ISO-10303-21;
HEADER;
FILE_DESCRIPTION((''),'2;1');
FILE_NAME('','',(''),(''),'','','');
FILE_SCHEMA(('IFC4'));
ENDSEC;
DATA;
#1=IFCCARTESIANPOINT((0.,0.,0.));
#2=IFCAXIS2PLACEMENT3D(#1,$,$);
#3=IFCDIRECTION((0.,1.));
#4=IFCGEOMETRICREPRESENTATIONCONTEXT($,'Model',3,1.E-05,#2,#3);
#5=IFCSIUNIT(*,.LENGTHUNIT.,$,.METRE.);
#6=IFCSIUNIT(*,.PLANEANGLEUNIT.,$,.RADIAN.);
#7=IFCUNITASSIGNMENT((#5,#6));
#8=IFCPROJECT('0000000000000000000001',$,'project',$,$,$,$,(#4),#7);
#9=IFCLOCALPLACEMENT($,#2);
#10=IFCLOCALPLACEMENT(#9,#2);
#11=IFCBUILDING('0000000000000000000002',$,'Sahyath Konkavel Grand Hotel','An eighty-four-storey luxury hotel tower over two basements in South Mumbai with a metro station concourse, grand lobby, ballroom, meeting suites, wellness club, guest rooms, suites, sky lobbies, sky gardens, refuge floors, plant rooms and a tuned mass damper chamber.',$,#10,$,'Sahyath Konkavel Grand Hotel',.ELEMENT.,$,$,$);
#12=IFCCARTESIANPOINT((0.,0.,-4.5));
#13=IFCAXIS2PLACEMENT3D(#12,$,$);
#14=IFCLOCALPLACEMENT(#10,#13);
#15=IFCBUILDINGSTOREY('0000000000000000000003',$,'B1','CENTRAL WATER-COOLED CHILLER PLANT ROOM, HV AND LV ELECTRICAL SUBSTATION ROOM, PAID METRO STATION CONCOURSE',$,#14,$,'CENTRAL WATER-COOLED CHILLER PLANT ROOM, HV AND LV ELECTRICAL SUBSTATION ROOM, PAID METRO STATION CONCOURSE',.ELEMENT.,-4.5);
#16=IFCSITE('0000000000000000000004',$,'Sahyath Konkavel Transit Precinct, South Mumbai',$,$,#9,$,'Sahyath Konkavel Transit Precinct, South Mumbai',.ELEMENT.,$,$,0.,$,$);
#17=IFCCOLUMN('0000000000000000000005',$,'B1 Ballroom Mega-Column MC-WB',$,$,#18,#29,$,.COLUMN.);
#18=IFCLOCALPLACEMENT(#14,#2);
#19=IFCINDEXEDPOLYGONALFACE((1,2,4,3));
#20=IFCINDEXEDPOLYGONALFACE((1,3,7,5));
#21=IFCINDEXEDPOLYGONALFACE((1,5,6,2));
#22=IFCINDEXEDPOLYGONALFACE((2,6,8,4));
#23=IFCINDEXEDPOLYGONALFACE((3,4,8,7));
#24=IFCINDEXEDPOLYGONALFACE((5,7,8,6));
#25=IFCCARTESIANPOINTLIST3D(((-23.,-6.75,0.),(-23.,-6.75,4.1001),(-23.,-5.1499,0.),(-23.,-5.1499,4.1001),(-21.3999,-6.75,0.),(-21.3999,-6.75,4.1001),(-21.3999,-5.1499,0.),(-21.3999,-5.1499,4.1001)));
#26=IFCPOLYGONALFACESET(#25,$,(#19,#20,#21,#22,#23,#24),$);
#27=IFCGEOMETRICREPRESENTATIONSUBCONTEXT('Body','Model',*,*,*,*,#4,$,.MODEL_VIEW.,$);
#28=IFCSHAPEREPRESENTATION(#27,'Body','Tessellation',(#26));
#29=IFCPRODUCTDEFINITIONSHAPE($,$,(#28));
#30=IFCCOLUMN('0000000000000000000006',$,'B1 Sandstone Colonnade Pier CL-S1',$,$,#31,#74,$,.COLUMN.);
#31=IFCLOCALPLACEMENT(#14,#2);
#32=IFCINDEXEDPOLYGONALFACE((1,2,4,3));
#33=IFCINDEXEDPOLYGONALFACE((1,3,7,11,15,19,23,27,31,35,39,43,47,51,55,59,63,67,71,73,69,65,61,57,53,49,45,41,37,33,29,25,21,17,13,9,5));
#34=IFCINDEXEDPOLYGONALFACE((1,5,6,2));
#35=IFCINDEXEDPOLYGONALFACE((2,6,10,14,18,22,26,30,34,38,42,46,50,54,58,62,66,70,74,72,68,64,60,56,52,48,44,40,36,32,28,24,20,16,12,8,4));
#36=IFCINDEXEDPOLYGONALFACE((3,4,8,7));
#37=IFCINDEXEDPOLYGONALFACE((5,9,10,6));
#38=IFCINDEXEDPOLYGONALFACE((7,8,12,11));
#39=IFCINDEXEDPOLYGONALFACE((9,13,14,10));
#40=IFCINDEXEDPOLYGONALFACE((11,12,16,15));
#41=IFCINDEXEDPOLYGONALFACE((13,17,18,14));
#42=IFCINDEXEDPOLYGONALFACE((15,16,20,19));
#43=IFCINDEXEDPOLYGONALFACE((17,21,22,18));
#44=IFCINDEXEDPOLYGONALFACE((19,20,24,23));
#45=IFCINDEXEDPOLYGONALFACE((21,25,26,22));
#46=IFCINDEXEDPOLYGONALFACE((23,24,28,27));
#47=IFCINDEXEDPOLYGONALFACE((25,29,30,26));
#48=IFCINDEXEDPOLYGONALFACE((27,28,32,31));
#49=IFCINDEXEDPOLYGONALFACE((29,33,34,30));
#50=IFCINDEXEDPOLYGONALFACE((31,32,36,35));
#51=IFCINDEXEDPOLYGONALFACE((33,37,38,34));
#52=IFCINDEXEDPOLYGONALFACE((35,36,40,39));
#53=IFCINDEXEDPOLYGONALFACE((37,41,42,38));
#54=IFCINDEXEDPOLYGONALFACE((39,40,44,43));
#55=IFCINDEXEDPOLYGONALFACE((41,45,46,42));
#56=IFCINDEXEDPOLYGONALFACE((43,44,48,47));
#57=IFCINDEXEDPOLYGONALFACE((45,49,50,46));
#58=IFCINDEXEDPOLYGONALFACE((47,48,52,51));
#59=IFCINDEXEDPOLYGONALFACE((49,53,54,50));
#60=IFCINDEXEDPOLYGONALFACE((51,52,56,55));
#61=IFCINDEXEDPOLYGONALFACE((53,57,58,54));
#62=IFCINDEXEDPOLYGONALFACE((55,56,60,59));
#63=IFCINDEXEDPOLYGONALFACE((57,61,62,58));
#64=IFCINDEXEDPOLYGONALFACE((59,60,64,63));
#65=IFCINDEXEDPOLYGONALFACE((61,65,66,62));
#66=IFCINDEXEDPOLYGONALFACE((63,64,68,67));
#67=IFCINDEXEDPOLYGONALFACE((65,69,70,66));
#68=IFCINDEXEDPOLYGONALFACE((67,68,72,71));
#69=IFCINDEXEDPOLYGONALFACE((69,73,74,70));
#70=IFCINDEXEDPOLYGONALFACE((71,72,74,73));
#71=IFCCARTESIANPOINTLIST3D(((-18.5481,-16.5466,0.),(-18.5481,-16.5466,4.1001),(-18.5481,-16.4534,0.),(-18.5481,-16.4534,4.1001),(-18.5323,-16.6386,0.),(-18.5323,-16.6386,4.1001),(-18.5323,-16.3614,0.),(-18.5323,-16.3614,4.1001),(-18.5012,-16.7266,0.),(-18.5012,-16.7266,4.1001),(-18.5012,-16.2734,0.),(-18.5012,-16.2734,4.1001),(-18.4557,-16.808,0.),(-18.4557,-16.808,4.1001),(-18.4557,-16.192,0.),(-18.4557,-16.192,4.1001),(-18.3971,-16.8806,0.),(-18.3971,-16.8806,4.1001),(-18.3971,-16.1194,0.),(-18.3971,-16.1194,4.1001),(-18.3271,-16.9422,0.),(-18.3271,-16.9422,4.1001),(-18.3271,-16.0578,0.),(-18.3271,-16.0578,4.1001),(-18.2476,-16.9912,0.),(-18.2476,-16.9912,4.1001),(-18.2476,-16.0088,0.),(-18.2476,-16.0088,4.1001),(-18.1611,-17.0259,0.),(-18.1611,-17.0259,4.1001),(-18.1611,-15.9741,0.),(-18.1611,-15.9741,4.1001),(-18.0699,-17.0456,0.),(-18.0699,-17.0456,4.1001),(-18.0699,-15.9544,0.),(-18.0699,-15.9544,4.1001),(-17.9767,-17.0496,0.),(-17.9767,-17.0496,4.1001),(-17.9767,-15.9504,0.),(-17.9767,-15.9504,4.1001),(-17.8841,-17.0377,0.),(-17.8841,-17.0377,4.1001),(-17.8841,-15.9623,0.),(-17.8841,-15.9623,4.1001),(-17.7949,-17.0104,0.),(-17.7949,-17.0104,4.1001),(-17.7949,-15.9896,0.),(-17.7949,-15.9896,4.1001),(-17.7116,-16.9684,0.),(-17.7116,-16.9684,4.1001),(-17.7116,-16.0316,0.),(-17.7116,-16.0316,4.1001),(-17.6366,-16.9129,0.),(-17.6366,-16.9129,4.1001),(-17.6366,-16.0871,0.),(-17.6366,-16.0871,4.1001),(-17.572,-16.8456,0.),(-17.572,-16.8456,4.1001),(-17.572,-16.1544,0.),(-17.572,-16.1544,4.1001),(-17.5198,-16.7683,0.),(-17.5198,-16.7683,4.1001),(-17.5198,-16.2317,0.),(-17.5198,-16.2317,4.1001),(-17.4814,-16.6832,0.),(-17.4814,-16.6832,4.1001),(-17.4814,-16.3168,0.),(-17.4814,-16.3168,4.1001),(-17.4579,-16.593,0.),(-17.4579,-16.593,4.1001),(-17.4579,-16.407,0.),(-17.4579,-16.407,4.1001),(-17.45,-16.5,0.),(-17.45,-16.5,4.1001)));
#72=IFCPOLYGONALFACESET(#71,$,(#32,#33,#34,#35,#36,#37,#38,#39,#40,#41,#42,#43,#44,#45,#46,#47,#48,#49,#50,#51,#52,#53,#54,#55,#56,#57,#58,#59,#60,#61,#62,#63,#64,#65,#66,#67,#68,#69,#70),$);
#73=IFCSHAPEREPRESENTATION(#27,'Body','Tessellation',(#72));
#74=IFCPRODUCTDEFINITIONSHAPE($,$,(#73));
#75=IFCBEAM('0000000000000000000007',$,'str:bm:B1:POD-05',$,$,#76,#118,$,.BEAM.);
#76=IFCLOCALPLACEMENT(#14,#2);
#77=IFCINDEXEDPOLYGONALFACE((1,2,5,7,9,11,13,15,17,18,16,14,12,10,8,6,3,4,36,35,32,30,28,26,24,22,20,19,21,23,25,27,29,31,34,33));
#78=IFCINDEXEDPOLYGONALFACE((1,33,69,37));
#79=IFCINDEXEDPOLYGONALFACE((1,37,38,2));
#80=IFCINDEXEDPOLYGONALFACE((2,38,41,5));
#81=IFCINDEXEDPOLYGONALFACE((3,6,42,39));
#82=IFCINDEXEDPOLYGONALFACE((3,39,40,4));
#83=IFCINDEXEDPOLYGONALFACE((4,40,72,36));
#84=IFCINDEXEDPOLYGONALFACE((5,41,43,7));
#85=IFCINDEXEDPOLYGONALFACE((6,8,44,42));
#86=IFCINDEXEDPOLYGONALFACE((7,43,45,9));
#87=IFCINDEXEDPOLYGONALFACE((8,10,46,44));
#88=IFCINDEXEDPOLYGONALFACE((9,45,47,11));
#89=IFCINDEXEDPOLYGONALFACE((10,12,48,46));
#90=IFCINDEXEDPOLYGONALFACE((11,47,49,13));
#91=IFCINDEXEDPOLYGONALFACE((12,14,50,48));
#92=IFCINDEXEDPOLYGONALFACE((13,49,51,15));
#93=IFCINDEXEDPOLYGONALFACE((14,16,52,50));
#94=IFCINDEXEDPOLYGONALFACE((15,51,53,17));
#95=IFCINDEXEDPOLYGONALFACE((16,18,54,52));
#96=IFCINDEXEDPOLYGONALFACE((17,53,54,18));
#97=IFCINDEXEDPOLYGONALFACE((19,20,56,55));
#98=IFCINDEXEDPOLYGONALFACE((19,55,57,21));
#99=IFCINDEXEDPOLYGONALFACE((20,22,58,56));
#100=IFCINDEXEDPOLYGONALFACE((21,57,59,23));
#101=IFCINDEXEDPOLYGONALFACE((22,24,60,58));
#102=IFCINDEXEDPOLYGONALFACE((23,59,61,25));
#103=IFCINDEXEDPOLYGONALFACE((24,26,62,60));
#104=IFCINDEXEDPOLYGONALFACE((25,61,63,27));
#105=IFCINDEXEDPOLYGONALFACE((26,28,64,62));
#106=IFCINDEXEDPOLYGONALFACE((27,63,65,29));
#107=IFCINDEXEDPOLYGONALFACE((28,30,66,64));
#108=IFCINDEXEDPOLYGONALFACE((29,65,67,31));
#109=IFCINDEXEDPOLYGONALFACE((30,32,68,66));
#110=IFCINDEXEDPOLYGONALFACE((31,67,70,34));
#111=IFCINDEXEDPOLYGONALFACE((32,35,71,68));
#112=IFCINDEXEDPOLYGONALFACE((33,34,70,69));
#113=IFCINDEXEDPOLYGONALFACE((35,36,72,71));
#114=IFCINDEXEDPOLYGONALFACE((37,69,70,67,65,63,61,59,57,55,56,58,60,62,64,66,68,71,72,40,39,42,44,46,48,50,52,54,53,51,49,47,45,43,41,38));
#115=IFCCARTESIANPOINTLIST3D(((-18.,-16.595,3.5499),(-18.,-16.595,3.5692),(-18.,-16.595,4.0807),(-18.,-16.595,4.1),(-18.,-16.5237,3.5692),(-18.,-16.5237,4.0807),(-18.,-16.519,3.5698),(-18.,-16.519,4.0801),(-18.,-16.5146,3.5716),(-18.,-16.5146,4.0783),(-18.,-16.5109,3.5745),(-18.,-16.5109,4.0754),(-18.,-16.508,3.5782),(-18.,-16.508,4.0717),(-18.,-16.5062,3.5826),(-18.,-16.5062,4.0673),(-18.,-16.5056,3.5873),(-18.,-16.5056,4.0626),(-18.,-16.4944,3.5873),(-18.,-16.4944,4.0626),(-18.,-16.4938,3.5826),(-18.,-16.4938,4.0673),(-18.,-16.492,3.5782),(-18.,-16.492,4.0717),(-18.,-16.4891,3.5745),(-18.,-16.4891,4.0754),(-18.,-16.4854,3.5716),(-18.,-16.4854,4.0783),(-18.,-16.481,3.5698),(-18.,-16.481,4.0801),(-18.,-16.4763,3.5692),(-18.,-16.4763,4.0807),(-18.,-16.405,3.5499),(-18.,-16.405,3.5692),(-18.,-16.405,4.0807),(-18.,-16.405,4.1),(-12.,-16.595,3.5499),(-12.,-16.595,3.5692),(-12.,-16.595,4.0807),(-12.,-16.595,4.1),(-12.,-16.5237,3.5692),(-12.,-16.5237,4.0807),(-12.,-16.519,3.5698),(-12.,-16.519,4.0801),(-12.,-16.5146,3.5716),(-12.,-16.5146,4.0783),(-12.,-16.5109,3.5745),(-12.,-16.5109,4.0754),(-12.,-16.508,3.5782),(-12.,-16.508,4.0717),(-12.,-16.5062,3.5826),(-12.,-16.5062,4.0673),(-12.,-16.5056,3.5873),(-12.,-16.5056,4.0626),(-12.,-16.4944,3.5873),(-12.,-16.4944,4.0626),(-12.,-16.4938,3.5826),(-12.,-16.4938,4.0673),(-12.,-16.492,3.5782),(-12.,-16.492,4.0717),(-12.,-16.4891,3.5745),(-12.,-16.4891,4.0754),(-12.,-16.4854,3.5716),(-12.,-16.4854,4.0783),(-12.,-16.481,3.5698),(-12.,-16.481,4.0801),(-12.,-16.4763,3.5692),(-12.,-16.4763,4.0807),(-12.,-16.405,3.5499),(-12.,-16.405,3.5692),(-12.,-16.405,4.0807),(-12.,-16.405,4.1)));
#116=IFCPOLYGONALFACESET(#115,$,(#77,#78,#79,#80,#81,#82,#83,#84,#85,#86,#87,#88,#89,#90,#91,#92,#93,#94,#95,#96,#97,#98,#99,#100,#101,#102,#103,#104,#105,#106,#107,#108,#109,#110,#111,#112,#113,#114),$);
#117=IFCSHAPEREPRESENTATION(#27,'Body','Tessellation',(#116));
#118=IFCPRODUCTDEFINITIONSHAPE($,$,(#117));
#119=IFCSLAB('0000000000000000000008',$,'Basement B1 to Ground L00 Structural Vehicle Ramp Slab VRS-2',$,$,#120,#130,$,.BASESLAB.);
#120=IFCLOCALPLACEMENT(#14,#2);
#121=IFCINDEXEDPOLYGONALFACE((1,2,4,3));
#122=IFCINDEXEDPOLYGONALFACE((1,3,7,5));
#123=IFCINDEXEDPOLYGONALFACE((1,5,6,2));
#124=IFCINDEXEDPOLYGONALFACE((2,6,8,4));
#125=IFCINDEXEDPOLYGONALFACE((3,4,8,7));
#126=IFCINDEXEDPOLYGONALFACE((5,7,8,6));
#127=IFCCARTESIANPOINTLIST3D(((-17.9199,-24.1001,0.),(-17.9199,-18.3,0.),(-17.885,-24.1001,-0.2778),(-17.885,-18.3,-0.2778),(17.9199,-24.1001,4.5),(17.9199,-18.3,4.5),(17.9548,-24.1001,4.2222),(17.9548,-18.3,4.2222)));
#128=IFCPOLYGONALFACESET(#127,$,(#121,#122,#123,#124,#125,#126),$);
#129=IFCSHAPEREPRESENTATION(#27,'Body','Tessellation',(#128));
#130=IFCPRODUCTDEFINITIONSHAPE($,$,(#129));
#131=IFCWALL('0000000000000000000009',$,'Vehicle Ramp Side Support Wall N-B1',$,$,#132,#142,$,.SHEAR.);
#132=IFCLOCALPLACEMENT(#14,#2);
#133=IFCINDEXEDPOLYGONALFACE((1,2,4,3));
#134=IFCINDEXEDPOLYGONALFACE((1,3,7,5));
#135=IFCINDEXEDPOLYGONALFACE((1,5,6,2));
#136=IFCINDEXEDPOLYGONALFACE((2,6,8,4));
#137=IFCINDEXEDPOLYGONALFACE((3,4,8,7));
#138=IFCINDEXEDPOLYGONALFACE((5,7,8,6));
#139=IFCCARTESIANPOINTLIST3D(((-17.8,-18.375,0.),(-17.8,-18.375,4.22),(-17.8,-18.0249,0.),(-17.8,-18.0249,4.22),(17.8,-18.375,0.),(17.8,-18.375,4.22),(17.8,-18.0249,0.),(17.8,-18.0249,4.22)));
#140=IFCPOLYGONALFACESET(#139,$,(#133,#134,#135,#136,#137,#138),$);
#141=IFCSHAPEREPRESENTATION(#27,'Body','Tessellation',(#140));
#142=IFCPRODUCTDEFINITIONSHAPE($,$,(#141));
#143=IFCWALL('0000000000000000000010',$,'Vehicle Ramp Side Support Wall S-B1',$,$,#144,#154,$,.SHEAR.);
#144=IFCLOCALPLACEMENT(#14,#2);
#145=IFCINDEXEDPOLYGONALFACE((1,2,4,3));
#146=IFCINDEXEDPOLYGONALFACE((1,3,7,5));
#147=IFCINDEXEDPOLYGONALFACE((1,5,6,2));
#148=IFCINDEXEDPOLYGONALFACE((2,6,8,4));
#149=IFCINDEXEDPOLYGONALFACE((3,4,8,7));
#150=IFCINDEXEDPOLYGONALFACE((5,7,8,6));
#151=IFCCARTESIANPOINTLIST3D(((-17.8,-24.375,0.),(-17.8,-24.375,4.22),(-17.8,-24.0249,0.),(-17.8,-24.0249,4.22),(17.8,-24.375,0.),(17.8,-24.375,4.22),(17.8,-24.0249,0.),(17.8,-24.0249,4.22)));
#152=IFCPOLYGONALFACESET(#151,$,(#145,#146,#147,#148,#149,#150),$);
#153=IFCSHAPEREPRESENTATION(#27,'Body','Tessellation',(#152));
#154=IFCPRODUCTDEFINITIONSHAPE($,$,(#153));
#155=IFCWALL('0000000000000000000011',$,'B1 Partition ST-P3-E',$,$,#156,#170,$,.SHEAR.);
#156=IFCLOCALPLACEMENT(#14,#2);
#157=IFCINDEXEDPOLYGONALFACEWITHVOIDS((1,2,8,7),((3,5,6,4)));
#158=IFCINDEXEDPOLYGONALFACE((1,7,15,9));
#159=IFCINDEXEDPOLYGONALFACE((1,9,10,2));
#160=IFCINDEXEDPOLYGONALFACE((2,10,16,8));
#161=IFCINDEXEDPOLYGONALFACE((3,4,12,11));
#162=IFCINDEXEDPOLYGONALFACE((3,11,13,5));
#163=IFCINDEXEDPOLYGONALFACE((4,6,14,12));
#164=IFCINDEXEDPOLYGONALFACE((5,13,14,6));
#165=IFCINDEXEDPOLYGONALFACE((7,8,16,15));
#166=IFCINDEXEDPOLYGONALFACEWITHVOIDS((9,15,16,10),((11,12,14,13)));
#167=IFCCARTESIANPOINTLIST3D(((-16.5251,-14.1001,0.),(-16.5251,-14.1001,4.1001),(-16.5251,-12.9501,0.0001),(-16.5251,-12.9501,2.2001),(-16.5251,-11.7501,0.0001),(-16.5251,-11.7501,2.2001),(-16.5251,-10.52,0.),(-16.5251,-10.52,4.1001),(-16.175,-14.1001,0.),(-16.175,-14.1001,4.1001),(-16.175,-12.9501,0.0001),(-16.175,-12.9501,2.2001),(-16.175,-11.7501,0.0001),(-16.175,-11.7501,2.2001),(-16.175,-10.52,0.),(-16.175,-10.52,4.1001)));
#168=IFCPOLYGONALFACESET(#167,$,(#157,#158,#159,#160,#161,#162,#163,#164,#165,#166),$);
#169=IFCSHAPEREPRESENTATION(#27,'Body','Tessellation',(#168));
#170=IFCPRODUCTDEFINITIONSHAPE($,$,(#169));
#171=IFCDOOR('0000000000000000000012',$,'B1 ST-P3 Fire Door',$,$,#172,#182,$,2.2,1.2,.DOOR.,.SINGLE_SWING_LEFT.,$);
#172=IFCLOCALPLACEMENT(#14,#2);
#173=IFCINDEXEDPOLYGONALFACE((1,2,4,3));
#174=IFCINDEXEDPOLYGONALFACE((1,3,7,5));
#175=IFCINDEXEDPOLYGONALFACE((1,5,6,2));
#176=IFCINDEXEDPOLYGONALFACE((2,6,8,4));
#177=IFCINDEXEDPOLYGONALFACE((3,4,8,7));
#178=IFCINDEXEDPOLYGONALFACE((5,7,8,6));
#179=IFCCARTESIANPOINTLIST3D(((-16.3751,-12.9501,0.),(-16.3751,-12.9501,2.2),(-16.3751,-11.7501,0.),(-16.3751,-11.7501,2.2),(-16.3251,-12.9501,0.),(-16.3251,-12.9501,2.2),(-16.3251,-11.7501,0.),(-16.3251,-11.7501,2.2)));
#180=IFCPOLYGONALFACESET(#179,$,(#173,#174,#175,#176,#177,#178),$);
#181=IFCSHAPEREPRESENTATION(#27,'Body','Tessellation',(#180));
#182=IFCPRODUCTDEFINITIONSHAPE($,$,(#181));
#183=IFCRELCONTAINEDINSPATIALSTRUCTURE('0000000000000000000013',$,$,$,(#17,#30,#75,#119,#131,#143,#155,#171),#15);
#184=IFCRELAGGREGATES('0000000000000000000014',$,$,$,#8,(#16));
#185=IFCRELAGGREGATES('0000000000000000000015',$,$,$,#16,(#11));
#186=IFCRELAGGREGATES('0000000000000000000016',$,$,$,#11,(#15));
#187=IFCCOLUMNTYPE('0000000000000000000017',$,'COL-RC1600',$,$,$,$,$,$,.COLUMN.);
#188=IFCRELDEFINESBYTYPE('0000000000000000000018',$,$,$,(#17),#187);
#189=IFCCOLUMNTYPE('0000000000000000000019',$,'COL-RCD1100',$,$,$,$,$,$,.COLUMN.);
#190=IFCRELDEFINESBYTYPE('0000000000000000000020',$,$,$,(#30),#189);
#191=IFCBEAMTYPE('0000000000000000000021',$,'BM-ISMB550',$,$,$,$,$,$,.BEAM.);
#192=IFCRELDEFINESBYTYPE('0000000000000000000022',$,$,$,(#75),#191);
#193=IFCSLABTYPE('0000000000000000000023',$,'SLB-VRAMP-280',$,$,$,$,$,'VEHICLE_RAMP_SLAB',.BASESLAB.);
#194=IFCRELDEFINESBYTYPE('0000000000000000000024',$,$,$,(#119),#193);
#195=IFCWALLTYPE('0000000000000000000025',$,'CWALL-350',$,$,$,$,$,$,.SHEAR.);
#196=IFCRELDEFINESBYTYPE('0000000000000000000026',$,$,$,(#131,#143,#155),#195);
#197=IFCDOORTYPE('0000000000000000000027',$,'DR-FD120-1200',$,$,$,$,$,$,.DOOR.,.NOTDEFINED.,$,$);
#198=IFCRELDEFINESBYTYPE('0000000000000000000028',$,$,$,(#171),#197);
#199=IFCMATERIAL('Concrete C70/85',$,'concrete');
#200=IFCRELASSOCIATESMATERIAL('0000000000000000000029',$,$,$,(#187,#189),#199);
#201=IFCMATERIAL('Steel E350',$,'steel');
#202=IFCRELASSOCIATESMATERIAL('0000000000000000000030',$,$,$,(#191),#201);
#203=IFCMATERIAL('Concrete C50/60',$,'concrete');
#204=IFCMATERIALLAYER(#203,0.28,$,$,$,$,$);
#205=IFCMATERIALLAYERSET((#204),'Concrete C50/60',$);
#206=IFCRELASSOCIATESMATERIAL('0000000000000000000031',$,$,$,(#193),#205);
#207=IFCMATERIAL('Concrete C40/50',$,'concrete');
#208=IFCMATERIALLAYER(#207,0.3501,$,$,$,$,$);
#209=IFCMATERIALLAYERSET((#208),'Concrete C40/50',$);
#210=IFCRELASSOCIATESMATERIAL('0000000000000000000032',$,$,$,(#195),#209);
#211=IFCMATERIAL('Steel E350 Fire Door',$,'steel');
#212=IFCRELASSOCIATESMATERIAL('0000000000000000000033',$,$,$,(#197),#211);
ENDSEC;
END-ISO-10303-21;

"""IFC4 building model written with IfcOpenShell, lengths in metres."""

from ifc_helpers import new_model, si_unit, direction, frame, frame_2d, origin, origin_2d, place, context, subcontext, project, spatial, polyline, rectangle, circle, i_section, outline, extrude, source, transform, mapped, material, layer, layer_set, material_profile, profile_set, type_object, element, fill, save


model = new_model("IFC4")

# Units and contexts
model_context = context("Model", 3, precision=1e-05, world=origin(), true_north=direction((0.0, 1.0)))
body_context = subcontext(model_context, "Body", "Model", "MODEL_VIEW")
ifc_project = project(units=[si_unit("LENGTHUNIT", "METRE"), si_unit("PLANEANGLEUNIT", "RADIAN")], contexts=[model_context])

# Site, building, storey
site_placement = place(None, origin())
site = spatial("IfcSite", under=ifc_project, at=site_placement, Name="Sahyath Konkavel Transit Precinct, South Mumbai", LongName="Sahyath Konkavel Transit Precinct, South Mumbai", CompositionType="ELEMENT", RefElevation=0.0)
building_placement = place(site_placement, origin())
building = spatial("IfcBuilding", under=site, at=building_placement, Name="Sahyath Konkavel Grand Hotel", Description="An eighty-four-storey luxury hotel tower over two basements in South Mumbai with a metro station concourse, grand lobby, ballroom, meeting suites, wellness club, guest rooms, suites, sky lobbies, sky gardens, refuge floors, plant rooms and a tuned mass damper chamber.", LongName="Sahyath Konkavel Grand Hotel", CompositionType="ELEMENT")
storey_placement = place(building_placement, frame((0.0, 0.0, -4.5)))
storey = spatial("IfcBuildingStorey", under=building, at=storey_placement, Name="B1", Description="CENTRAL WATER-COOLED CHILLER PLANT ROOM, HV AND LV ELECTRICAL SUBSTATION ROOM, PAID METRO STATION CONCOURSE", LongName="CENTRAL WATER-COOLED CHILLER PLANT ROOM, HV AND LV ELECTRICAL SUBSTATION ROOM, PAID METRO STATION CONCOURSE", CompositionType="ELEMENT", Elevation=-4.5)

# Columns
ifc_material_1 = material(Name="Concrete C70/85", Category="concrete")
ifc_material_profile_1 = material_profile(ifc_material_1, rectangle(XDim=1.6001, YDim=1.6001, at=origin_2d()), Name="RC 1600x1600")
ifc_profile_set_1 = profile_set([ifc_material_profile_1], Name="Concrete C70/85")
column_type_1 = type_object("IfcColumnType", Name="COL-RC1600", PredefinedType="COLUMN", material=ifc_profile_set_1)
shared_shape_1 = source(origin(), body_context, "Body", "SweptSolid", [
    extrude(rectangle(XDim=1.6001, YDim=1.6001, at=origin_2d()), origin(), (0.0, 0.0, 1.0), 4.1001),
])
column_1_placement = place(storey_placement, frame((-22.2, -5.95, 0.0), z_axis=(0.0, 0.0, 1.0), x_axis=(1.0, 0.0, 0.0)))
element("IfcColumn", 1, at=column_1_placement, inside=storey, type_object=column_type_1, Name="B1 Ballroom Mega-Column MC-WB", PredefinedType="COLUMN", context=body_context, shape_type="MappedRepresentation", body=[
    mapped(shared_shape_1, transform((0.0, 0.0, 0.0), scale=1.0)),
])
ifc_material_profile_2 = material_profile(ifc_material_1, circle(Radius=0.55, at=origin_2d()), Name="RC D1100")
ifc_profile_set_2 = profile_set([ifc_material_profile_2], Name="Concrete C70/85")
column_type_2 = type_object("IfcColumnType", Name="COL-RCD1100", PredefinedType="COLUMN", material=ifc_profile_set_2)
shared_shape_2 = source(origin(), body_context, "Body", "SweptSolid", [
    extrude(circle(Radius=0.55, at=origin_2d()), origin(), (0.0, 0.0, 1.0), 4.1001),
])
column_2_placement = place(storey_placement, frame((-18.0, -16.5, 0.0), z_axis=(0.0, 0.0, 1.0), x_axis=(1.0, 0.0, 0.0)))
element("IfcColumn", 2, at=column_2_placement, inside=storey, type_object=column_type_2, Name="B1 Sandstone Colonnade Pier CL-S1", PredefinedType="COLUMN", context=body_context, shape_type="MappedRepresentation", body=[
    mapped(shared_shape_2, transform((0.0, 0.0, 0.0), scale=1.0)),
])

# Beam
ifc_material_2 = material(Name="Steel E350", Category="steel")
ifc_material_profile_3 = material_profile(ifc_material_2, i_section(OverallWidth=0.1899, OverallDepth=0.55, WebThickness=0.0112, FlangeThickness=0.0193, FilletRadius=0.0181, at=origin_2d()), Name="ISMB 550")
ifc_profile_set_3 = profile_set([ifc_material_profile_3], Name="Steel E350")
beam_type = type_object("IfcBeamType", Name="BM-ISMB550", PredefinedType="BEAM", material=ifc_profile_set_3)
shared_shape_3 = source(origin(), body_context, "Body", "SweptSolid", [
    extrude(i_section(OverallWidth=0.1899, OverallDepth=0.55, WebThickness=0.0112, FlangeThickness=0.0193, FilletRadius=0.0181, at=origin_2d()), origin(), (0.0, 0.0, 1.0), 6.0),
])
beam_placement = place(storey_placement, frame((-18.0, -16.5, 3.825), z_axis=(1.0, 0.0, 0.0), x_axis=(0.0, 1.0, 0.0)))
element("IfcBeam", 3, at=beam_placement, inside=storey, type_object=beam_type, Name="str:bm:B1:POD-05", PredefinedType="BEAM", context=body_context, shape_type="MappedRepresentation", body=[
    mapped(shared_shape_3, transform((0.0, 0.0, 0.0), scale=1.0)),
])

# Slab
ifc_material_3 = material(Name="Concrete C50/60", Category="concrete")
ifc_layer_1 = layer(ifc_material_3, 0.28)
ifc_layer_set_1 = layer_set([ifc_layer_1], Name="Concrete C50/60")
slab_type = type_object("IfcSlabType", Name="SLB-VRAMP-280", ElementType="VEHICLE_RAMP_SLAB", PredefinedType="BASESLAB", material=ifc_layer_set_1)
slab_placement = place(storey_placement, frame((-17.9199, -24.1001, 0.0), z_axis=(-0.12458, 0.0, 0.99221), x_axis=(0.99221, 0.0, 0.12458)))
element("IfcSlab", 4, at=slab_placement, inside=storey, type_object=slab_type, Name="Basement B1 to Ground L00 Structural Vehicle Ramp Slab VRS-2", PredefinedType="BASESLAB", context=body_context, shape_type="SweptSolid", body=[
    extrude(outline(polyline([(0.0, 0.0), (36.1212, 0.0), (36.1212, 5.8), (0.0, 5.8), (0.0, 0.0)])), origin(), (0.0, 0.0, -1.0), 0.28),
])

# Walls
ifc_material_4 = material(Name="Concrete C40/50", Category="concrete")
ifc_layer_2 = layer(ifc_material_4, 0.3501)
ifc_layer_set_2 = layer_set([ifc_layer_2], Name="Concrete C40/50")
wall_type_1 = type_object("IfcWallType", Name="CWALL-350", PredefinedType="SHEAR", material=ifc_layer_set_2)
for number, where, z_axis, x_axis, name in (
    (5, (-17.8, -18.2, 0.0), (0.0, 0.0, 1.0), (1.0, 0.0, 0.0), "Vehicle Ramp Side Support Wall N-B1"),
    (6, (-17.8, -24.2, 0.0), (0.0, 0.0, 1.0), (1.0, 0.0, 0.0), "Vehicle Ramp Side Support Wall S-B1"),
):
    element("IfcWall", number, at=place(storey_placement, frame(where, z_axis=z_axis, x_axis=x_axis)), inside=storey, type_object=wall_type_1, Name=name, PredefinedType="SHEAR", context=body_context, shape_type="SweptSolid", body=[
        extrude(rectangle(XDim=35.6001, YDim=0.3501, at=frame_2d((17.8, 0.0))), origin(), (0.0, 0.0, 1.0), 4.22),
    ])

# Wall, opening, door
wall_1_placement = place(storey_placement, frame((-16.3501, -14.1001, 0.0), z_axis=(0.0, 0.0, 1.0), x_axis=(0.0, 1.0, 0.0)))
wall_1 = element("IfcWall", 7, at=wall_1_placement, inside=storey, type_object=wall_type_1, Name="B1 Partition ST-P3-E", PredefinedType="SHEAR", context=body_context, shape_type="SweptSolid", body=[
    extrude(rectangle(XDim=3.5801, YDim=0.3501, at=frame_2d((1.79, 0.0))), origin(), (0.0, 0.0, 1.0), 4.1001),
])
opening_1_placement = place(wall_1_placement, frame((1.1499, 0.0, 0.0)))
opening_1 = element("IfcOpeningElement", 8, at=opening_1_placement, cuts=wall_1, PredefinedType="OPENING", context=body_context, shape_type="SweptSolid", body=[
    extrude(rectangle(XDim=1.2, YDim=2.2, at=frame_2d((0.6001, 1.1001))), frame((0.0, 0.1851, 0.0), z_axis=(0.0, -1.0, 0.0), x_axis=(1.0, 0.0, 0.0)), (0.0, 0.0, 1.0), 0.3701),
])
ifc_material_5 = material(Name="Steel E350 Fire Door", Category="steel")
door_type_1 = type_object("IfcDoorType", Name="DR-FD120-1200", OperationType="NOTDEFINED", PredefinedType="DOOR", material=ifc_material_5)
shared_shape_4 = source(origin(), body_context, "Body", "SweptSolid", [
    extrude(rectangle(XDim=1.2, YDim=0.05, at=origin_2d()), origin(), (0.0, 0.0, 1.0), 2.2),
])
door_1_placement = place(opening_1_placement, frame((0.6001, 0.0, 0.0)))
door_1 = element("IfcDoor", 9, at=door_1_placement, inside=storey, type_object=door_type_1, Name="B1 ST-P3 Fire Door", OperationType="SINGLE_SWING_LEFT", OverallHeight=2.2, OverallWidth=1.2, PredefinedType="DOOR", context=body_context, shape_type="MappedRepresentation", body=[
    mapped(shared_shape_4, transform((0.0, 0.0, 0.0), scale=1.0)),
])
fill(opening_1, door_1)

save(model, "model.ifc")
